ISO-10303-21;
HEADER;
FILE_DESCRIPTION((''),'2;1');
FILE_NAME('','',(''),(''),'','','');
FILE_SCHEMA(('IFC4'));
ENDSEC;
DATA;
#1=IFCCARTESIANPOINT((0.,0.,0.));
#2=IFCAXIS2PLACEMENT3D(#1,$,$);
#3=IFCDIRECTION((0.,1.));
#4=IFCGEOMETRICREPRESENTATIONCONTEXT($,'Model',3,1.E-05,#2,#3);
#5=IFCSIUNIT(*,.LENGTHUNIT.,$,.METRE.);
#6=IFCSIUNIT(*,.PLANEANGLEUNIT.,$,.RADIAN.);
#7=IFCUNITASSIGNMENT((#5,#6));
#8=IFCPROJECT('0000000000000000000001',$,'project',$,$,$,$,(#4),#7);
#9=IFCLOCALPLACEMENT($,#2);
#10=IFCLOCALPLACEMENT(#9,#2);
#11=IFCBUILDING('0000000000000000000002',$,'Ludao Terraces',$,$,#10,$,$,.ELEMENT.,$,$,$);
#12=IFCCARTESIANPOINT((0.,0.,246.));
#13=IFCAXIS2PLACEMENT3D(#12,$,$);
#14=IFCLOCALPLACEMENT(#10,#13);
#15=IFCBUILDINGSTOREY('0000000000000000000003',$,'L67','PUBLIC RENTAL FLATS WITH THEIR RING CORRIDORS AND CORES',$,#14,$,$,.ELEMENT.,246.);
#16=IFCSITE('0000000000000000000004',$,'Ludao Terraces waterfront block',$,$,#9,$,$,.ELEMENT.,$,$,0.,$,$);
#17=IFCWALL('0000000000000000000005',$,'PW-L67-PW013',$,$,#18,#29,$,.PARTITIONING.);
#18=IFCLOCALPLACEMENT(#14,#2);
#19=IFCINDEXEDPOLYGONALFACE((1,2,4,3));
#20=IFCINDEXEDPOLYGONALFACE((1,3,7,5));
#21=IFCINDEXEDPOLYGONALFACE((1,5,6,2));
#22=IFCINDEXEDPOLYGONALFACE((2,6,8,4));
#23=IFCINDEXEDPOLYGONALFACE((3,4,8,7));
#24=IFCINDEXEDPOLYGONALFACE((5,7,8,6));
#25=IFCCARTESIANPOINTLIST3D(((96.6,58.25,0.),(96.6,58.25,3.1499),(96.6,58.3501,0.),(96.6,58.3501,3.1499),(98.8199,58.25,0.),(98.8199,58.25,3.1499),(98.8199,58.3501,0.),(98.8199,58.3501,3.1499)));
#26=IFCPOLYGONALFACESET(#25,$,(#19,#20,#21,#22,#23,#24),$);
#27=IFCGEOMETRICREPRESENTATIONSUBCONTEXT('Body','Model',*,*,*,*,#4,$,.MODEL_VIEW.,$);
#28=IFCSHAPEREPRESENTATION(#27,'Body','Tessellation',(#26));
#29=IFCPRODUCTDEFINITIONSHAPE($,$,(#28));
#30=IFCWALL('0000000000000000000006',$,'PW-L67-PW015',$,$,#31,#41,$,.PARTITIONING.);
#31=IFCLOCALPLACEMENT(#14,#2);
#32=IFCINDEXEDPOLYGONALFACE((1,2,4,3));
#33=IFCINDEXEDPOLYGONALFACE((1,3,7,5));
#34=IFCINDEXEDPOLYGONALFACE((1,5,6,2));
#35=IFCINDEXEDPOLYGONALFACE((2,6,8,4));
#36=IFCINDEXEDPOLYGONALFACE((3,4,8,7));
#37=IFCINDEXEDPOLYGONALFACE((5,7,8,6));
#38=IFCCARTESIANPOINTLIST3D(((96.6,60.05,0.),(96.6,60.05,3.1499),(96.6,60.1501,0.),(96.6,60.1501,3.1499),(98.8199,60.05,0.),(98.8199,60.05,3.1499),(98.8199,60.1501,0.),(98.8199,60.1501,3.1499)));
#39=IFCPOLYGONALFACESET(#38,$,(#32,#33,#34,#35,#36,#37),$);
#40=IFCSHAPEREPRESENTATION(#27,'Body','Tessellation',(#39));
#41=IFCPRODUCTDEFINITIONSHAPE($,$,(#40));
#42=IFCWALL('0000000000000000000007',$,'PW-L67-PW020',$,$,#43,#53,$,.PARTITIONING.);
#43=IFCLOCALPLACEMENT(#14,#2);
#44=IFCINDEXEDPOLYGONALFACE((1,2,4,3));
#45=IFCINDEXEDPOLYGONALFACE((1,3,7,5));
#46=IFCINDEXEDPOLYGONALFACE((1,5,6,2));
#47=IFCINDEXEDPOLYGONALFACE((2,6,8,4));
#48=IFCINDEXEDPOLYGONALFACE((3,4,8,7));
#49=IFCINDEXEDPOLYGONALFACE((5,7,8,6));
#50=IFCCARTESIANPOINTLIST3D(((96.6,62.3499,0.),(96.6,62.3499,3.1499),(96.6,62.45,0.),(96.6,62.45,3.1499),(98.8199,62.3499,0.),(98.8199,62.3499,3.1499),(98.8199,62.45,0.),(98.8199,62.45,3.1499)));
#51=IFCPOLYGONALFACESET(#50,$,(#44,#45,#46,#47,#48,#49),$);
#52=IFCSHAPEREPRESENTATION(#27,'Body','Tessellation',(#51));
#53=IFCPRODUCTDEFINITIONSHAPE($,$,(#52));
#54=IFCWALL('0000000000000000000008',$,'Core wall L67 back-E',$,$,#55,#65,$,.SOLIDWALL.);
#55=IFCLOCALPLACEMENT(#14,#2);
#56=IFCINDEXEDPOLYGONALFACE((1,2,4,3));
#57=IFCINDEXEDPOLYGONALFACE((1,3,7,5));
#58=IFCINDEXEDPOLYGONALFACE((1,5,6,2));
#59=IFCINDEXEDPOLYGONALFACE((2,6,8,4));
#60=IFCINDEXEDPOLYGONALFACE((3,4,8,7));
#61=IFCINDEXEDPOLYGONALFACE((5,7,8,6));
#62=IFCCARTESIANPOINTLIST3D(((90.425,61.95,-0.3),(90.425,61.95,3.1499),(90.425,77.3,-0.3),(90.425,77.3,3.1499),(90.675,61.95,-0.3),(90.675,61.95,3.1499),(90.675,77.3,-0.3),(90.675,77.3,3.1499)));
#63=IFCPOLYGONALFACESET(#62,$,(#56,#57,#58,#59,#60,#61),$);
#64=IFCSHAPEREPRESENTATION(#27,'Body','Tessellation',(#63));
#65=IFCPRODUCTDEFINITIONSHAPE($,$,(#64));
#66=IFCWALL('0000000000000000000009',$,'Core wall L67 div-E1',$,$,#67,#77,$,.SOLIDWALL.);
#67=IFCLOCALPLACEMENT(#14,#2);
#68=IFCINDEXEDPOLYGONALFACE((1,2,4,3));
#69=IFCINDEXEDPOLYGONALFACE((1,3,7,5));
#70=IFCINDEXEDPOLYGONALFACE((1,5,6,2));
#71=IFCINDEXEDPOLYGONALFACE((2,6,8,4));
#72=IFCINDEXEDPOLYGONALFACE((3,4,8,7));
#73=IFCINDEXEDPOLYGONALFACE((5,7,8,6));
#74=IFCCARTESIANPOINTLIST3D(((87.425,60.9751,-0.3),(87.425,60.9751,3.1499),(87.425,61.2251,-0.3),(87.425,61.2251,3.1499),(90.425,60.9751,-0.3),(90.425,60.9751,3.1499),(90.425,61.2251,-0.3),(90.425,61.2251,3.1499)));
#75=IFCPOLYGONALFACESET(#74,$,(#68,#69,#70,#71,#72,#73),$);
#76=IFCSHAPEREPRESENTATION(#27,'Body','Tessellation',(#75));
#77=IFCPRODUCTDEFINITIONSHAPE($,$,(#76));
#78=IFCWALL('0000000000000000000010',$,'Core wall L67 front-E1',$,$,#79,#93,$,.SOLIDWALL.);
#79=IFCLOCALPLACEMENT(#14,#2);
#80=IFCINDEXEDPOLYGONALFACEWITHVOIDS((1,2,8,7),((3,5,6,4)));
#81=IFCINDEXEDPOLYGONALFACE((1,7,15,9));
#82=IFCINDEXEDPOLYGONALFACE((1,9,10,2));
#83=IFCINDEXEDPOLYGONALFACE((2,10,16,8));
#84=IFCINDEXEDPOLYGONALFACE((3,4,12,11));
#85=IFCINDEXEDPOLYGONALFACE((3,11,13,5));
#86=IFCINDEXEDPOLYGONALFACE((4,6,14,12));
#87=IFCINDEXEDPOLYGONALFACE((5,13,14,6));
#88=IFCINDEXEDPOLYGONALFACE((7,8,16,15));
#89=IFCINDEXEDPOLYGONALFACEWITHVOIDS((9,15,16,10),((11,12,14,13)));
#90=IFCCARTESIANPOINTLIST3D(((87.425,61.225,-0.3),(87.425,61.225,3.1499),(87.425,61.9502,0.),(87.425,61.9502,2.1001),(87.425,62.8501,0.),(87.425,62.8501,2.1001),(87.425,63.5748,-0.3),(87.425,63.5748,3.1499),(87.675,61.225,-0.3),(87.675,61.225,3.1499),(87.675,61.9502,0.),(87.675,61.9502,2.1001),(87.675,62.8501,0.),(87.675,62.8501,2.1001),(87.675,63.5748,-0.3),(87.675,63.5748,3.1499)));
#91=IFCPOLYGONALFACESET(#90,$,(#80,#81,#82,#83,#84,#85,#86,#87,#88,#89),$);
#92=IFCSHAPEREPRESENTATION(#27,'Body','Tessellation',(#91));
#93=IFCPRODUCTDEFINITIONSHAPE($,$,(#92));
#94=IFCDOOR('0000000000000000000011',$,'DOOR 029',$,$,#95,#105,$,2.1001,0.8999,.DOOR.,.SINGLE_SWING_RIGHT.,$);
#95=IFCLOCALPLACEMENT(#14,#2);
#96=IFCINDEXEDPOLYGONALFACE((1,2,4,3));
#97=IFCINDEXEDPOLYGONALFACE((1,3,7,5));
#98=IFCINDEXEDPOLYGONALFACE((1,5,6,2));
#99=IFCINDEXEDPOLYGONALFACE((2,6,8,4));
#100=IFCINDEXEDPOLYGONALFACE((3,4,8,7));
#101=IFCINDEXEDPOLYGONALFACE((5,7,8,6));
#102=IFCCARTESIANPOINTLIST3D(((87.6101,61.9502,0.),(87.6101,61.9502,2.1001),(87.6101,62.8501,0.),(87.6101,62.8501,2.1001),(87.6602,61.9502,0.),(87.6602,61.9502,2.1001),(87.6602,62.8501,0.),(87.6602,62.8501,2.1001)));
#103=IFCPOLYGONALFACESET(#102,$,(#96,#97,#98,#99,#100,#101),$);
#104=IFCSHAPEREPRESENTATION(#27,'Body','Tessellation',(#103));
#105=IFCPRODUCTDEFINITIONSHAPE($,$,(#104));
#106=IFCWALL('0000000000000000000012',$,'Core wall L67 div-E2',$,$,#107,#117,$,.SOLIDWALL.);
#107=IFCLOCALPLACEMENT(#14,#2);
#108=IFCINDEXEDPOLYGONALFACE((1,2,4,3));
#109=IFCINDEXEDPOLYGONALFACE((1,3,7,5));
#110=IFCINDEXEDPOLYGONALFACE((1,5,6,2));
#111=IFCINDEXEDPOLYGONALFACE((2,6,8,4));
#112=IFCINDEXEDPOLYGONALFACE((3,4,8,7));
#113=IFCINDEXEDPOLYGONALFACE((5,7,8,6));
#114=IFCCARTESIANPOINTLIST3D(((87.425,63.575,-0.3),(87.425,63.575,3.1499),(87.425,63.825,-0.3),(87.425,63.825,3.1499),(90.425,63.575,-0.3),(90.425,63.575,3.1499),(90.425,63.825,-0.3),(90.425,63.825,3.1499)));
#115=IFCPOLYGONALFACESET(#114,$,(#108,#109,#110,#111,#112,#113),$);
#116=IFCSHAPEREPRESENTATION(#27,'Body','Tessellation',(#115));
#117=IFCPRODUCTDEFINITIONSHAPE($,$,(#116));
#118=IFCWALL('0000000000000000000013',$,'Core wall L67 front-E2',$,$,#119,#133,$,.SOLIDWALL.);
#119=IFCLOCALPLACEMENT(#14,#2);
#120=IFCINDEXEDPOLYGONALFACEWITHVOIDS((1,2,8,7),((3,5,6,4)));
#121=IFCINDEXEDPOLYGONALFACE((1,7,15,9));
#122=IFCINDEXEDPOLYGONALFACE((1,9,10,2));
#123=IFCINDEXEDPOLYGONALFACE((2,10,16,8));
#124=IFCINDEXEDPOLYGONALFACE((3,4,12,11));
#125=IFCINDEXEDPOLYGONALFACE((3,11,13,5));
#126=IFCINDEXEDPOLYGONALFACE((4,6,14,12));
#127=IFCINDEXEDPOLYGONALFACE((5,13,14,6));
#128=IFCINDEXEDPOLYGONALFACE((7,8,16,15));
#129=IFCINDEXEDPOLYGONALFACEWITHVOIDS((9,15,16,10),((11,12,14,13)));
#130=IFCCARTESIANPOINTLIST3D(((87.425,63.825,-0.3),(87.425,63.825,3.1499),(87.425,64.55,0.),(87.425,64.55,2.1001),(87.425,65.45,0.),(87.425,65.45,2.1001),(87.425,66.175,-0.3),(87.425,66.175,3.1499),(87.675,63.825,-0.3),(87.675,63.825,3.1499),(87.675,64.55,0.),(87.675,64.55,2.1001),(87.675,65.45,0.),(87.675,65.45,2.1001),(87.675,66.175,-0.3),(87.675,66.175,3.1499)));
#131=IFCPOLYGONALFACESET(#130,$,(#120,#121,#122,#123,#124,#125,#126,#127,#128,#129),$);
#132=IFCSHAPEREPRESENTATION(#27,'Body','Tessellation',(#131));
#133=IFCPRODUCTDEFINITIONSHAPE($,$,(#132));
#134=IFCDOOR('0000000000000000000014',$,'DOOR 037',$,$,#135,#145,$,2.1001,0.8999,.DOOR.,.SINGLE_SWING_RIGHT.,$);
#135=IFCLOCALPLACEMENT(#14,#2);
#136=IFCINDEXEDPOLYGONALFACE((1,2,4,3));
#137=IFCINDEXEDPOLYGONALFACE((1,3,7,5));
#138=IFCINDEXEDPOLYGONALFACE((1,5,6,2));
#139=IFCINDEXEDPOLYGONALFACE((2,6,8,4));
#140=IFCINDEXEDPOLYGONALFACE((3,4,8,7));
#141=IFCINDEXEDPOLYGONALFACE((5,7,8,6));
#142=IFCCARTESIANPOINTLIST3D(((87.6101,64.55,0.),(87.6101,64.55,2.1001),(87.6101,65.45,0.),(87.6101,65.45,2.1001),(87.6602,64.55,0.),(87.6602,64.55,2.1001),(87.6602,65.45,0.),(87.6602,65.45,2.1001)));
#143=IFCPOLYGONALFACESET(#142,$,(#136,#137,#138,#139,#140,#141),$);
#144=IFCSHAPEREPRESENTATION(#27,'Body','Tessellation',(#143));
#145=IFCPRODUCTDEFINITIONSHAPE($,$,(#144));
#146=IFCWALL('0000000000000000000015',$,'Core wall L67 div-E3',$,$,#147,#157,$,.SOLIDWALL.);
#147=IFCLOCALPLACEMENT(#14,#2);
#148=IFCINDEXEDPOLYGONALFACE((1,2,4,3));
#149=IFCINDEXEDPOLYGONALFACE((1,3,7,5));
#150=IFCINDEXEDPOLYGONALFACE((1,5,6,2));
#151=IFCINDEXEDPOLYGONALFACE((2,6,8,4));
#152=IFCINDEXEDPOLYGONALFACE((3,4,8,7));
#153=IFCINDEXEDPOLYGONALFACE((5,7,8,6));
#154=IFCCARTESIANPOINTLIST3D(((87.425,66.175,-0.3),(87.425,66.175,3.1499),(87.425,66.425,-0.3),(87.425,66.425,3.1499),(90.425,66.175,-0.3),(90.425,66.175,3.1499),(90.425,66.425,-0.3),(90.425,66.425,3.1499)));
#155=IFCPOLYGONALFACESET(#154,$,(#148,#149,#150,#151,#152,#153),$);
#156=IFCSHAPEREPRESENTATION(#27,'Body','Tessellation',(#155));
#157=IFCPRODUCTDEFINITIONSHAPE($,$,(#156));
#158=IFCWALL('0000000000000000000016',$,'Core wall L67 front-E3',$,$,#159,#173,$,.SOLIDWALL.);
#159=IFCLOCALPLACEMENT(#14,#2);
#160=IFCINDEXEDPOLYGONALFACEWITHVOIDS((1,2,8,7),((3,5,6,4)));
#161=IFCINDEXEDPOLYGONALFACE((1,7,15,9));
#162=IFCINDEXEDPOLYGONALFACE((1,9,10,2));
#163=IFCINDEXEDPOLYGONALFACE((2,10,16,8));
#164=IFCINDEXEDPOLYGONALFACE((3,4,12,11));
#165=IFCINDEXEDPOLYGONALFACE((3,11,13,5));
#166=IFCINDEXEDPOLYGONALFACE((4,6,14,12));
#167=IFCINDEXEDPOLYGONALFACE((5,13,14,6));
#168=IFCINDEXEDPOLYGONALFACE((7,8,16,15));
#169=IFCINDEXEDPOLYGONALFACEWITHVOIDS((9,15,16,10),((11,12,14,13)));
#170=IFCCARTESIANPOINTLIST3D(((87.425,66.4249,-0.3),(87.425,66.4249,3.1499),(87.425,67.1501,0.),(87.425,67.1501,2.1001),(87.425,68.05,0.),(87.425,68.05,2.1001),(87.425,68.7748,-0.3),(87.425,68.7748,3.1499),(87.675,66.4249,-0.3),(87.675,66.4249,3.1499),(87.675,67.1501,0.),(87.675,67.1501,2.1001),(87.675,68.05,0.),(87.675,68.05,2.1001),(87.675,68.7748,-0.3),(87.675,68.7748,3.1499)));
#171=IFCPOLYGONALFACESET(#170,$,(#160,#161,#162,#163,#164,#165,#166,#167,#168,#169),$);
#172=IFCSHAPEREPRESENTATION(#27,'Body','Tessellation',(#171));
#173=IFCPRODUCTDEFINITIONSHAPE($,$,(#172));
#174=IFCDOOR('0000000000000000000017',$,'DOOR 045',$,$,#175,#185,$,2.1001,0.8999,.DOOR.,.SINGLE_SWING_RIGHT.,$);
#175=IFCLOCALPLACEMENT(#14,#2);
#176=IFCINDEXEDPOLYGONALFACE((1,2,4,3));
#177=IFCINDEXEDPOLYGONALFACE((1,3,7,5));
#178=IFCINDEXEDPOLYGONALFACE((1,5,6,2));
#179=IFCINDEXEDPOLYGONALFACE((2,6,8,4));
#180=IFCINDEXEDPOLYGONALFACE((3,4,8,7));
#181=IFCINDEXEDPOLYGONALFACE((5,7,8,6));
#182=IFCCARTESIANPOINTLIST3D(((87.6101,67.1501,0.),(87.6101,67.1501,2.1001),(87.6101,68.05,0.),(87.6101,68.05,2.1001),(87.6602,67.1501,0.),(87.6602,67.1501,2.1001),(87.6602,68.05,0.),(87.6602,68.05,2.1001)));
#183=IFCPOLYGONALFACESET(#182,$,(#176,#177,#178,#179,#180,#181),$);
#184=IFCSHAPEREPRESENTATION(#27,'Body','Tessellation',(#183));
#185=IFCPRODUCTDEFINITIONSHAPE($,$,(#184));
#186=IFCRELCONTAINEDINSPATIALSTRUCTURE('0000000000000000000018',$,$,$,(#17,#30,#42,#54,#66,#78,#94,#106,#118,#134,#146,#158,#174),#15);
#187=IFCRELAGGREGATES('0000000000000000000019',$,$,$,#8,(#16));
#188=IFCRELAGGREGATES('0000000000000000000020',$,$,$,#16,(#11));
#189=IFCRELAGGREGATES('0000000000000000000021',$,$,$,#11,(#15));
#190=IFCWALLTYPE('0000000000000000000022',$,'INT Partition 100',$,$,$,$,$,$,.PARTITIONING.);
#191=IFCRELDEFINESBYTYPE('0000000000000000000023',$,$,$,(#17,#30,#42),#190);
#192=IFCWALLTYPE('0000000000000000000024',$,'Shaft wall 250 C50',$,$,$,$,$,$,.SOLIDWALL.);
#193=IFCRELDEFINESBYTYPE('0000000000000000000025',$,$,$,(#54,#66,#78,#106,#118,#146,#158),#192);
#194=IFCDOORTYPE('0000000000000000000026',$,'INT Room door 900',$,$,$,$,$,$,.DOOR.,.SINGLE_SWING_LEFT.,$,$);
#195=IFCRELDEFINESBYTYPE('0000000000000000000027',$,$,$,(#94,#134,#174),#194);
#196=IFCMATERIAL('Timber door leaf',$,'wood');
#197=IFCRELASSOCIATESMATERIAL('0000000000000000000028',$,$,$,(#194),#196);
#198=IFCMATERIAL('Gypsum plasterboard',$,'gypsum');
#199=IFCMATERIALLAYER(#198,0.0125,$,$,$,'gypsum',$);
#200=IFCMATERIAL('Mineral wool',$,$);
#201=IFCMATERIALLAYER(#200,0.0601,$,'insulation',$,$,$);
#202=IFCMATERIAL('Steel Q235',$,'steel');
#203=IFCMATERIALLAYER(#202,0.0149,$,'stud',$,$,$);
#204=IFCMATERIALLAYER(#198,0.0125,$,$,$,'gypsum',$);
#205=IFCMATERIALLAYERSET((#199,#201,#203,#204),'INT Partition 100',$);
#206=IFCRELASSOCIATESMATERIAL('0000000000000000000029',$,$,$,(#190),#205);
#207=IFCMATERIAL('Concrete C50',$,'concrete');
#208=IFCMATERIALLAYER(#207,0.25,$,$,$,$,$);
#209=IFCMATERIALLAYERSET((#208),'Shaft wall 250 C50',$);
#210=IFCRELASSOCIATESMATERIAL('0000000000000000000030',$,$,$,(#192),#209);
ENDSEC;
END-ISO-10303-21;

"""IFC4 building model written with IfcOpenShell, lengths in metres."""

from ifc_helpers import new_model, si_unit, direction, frame, frame_2d, origin, place, context, subcontext, project, spatial, rectangle, extrude, material, layer, layer_set, type_object, element, fill, save


model = new_model("IFC4")

# Units and contexts
model_context = context("Model", 3, precision=1e-05, world=origin(), true_north=direction((0.0, 1.0)))
body_context = subcontext(model_context, "Body", "Model", "MODEL_VIEW")
ifc_project = project(units=[si_unit("LENGTHUNIT", "METRE"), si_unit("PLANEANGLEUNIT", "RADIAN")], contexts=[model_context])

# Site, building, storey
site_placement = place(None, origin())
site = spatial("IfcSite", under=ifc_project, at=site_placement, Name="Ludao Terraces waterfront block", CompositionType="ELEMENT", RefElevation=0.0)
building_placement = place(site_placement, origin())
building = spatial("IfcBuilding", under=site, at=building_placement, Name="Ludao Terraces", CompositionType="ELEMENT")
storey_placement = place(building_placement, frame((0.0, 0.0, 246.0)))
storey = spatial("IfcBuildingStorey", under=building, at=storey_placement, Name="L67", Description="PUBLIC RENTAL FLATS WITH THEIR RING CORRIDORS AND CORES", CompositionType="ELEMENT", Elevation=246.0)

# Shared definitions
ifc_material_1 = material(Name="Concrete C50", Category="concrete")
ifc_material_2 = material(Name="Steel Q235", Category="steel")
ifc_material_3 = material(Name="Timber door leaf", Category="wood")
door_type_1 = type_object("IfcDoorType", Name="INT Room door 900", OperationType="SINGLE_SWING_LEFT", PredefinedType="DOOR", material=ifc_material_3)

# Shared definitions
ifc_material_4 = material(Name="Mineral wool")

# Walls
ifc_material_5 = material(Name="Gypsum plasterboard", Category="gypsum")
ifc_layer_1 = layer(ifc_material_5, 0.0125, Category="gypsum")
ifc_layer_2 = layer(ifc_material_4, 0.0601, Name="insulation")
ifc_layer_3 = layer(ifc_material_2, 0.0149, Name="stud")
ifc_layer_4 = layer(ifc_material_5, 0.0125, Category="gypsum")
ifc_layer_set_1 = layer_set([ifc_layer_1, ifc_layer_2, ifc_layer_3, ifc_layer_4], Name="INT Partition 100")
wall_type_1 = type_object("IfcWallType", Name="INT Partition 100", PredefinedType="PARTITIONING", material=ifc_layer_set_1)
for number, where, z_axis, x_axis, name in (
    (1, (96.6001, 58.3, 0.0), (0.0, 0.0, 1.0), (1.0, 0.0, 0.0), "PW-L67-PW013"),
    (2, (96.6001, 60.1001, 0.0), (0.0, 0.0, 1.0), (1.0, 0.0, 0.0), "PW-L67-PW015"),
    (3, (96.6001, 62.3999, 0.0), (0.0, 0.0, 1.0), (1.0, 0.0, 0.0), "PW-L67-PW020"),
):
    element("IfcWall", number, at=place(storey_placement, frame(where, z_axis=z_axis, x_axis=x_axis)), inside=storey, type_object=wall_type_1, Name=name, PredefinedType="PARTITIONING", context=body_context, shape_type="SweptSolid", body=[
        extrude(rectangle(XDim=2.22, YDim=0.1001, at=frame_2d((1.1099, 0.0))), origin(), (0.0, 0.0, 1.0), 3.1499),
    ])
ifc_layer_5 = layer(ifc_material_1, 0.25)
ifc_layer_set_2 = layer_set([ifc_layer_5], Name="Shaft wall 250 C50")
wall_type_2 = type_object("IfcWallType", Name="Shaft wall 250 C50", PredefinedType="SOLIDWALL", material=ifc_layer_set_2)
wall_1_placement = place(storey_placement, frame((90.55, 61.95, -0.3), z_axis=(0.0, 0.0, 1.0), x_axis=(0.0, 1.0, 0.0)))
element("IfcWall", 4, at=wall_1_placement, inside=storey, type_object=wall_type_2, Name="Core wall L67 back-E", PredefinedType="SOLIDWALL", context=body_context, shape_type="SweptSolid", body=[
    extrude(rectangle(XDim=15.3501, YDim=0.25, at=frame_2d((7.675, 0.0))), origin(), (0.0, 0.0, 1.0), 3.45),
])
wall_2_placement = place(storey_placement, frame((87.425, 61.1001, -0.3), z_axis=(0.0, 0.0, 1.0), x_axis=(1.0, 0.0, 0.0)))
element("IfcWall", 5, at=wall_2_placement, inside=storey, type_object=wall_type_2, Name="Core wall L67 div-E1", PredefinedType="SOLIDWALL", context=body_context, shape_type="SweptSolid", body=[
    extrude(rectangle(XDim=3.0, YDim=0.25, at=frame_2d((1.5, 0.0))), origin(), (0.0, 0.0, 1.0), 3.45),
])

# Wall, opening, door
wall_3_placement = place(storey_placement, frame((87.55, 61.2251, -0.3), z_axis=(0.0, 0.0, 1.0), x_axis=(0.0, 1.0, 0.0)))
wall_3 = element("IfcWall", 6, at=wall_3_placement, inside=storey, type_object=wall_type_2, Name="Core wall L67 front-E1", PredefinedType="SOLIDWALL", context=body_context, shape_type="SweptSolid", body=[
    extrude(rectangle(XDim=2.3499, YDim=0.25, at=frame_2d((1.1748, 0.0))), origin(), (0.0, 0.0, 1.0), 3.45),
])
opening_1_placement = place(wall_3_placement, frame((0.7251, 0.0, 0.3)))
opening_1 = element("IfcOpeningElement", 7, at=opening_1_placement, cuts=wall_3, PredefinedType="OPENING", context=body_context, shape_type="SweptSolid", body=[
    extrude(rectangle(XDim=0.8999, YDim=2.1001, at=frame_2d((0.45, 1.05))), frame((0.0, 0.135, 0.0), z_axis=(0.0, -1.0, 0.0), x_axis=(1.0, 0.0, 0.0)), (0.0, 0.0, 1.0), 0.27),
])
door_1_placement = place(opening_1_placement, origin())
door_1 = element("IfcDoor", 8, at=door_1_placement, inside=storey, type_object=door_type_1, Name="DOOR 029", OperationType="SINGLE_SWING_RIGHT", OverallHeight=2.1001, OverallWidth=0.8999, PredefinedType="DOOR", context=body_context, shape_type="SweptSolid", body=[
    extrude(rectangle(XDim=0.8999, YDim=2.1001, at=frame_2d((0.45, 1.05))), frame((0.0, -0.0601, 0.0), z_axis=(0.0, -1.0, 0.0), x_axis=(1.0, 0.0, 0.0)), (0.0, 0.0, 1.0), 0.05),
])
fill(opening_1, door_1)

# Wall
wall_4_placement = place(storey_placement, frame((87.425, 63.7, -0.3), z_axis=(0.0, 0.0, 1.0), x_axis=(1.0, 0.0, 0.0)))
element("IfcWall", 9, at=wall_4_placement, inside=storey, type_object=wall_type_2, Name="Core wall L67 div-E2", PredefinedType="SOLIDWALL", context=body_context, shape_type="SweptSolid", body=[
    extrude(rectangle(XDim=3.0, YDim=0.25, at=frame_2d((1.5, 0.0))), origin(), (0.0, 0.0, 1.0), 3.45),
])

# Wall, opening, door
wall_5_placement = place(storey_placement, frame((87.55, 63.825, -0.3), z_axis=(0.0, 0.0, 1.0), x_axis=(0.0, 1.0, 0.0)))
wall_5 = element("IfcWall", 10, at=wall_5_placement, inside=storey, type_object=wall_type_2, Name="Core wall L67 front-E2", PredefinedType="SOLIDWALL", context=body_context, shape_type="SweptSolid", body=[
    extrude(rectangle(XDim=2.3501, YDim=0.25, at=frame_2d((1.175, 0.0))), origin(), (0.0, 0.0, 1.0), 3.45),
])
opening_2_placement = place(wall_5_placement, frame((0.7251, 0.0, 0.3)))
opening_2 = element("IfcOpeningElement", 11, at=opening_2_placement, cuts=wall_5, PredefinedType="OPENING", context=body_context, shape_type="SweptSolid", body=[
    extrude(rectangle(XDim=0.8999, YDim=2.1001, at=frame_2d((0.45, 1.05))), frame((0.0, 0.135, 0.0), z_axis=(0.0, -1.0, 0.0), x_axis=(1.0, 0.0, 0.0)), (0.0, 0.0, 1.0), 0.27),
])
door_2_placement = place(opening_2_placement, origin())
door_2 = element("IfcDoor", 12, at=door_2_placement, inside=storey, type_object=door_type_1, Name="DOOR 037", OperationType="SINGLE_SWING_RIGHT", OverallHeight=2.1001, OverallWidth=0.8999, PredefinedType="DOOR", context=body_context, shape_type="SweptSolid", body=[
    extrude(rectangle(XDim=0.8999, YDim=2.1001, at=frame_2d((0.45, 1.05))), frame((0.0, -0.0601, 0.0), z_axis=(0.0, -1.0, 0.0), x_axis=(1.0, 0.0, 0.0)), (0.0, 0.0, 1.0), 0.05),
])
fill(opening_2, door_2)

# Wall
wall_6_placement = place(storey_placement, frame((87.425, 66.3, -0.3), z_axis=(0.0, 0.0, 1.0), x_axis=(1.0, 0.0, 0.0)))
element("IfcWall", 13, at=wall_6_placement, inside=storey, type_object=wall_type_2, Name="Core wall L67 div-E3", PredefinedType="SOLIDWALL", context=body_context, shape_type="SweptSolid", body=[
    extrude(rectangle(XDim=3.0, YDim=0.25, at=frame_2d((1.5, 0.0))), origin(), (0.0, 0.0, 1.0), 3.45),
])

# Wall, opening, door
wall_7_placement = place(storey_placement, frame((87.55, 66.425, -0.3), z_axis=(0.0, 0.0, 1.0), x_axis=(0.0, 1.0, 0.0)))
wall_7 = element("IfcWall", 14, at=wall_7_placement, inside=storey, type_object=wall_type_2, Name="Core wall L67 front-E3", PredefinedType="SOLIDWALL", context=body_context, shape_type="SweptSolid", body=[
    extrude(rectangle(XDim=2.3499, YDim=0.25, at=frame_2d((1.1748, 0.0))), origin(), (0.0, 0.0, 1.0), 3.45),
])
opening_3_placement = place(wall_7_placement, frame((0.7251, 0.0, 0.3)))
opening_3 = element("IfcOpeningElement", 15, at=opening_3_placement, cuts=wall_7, PredefinedType="OPENING", context=body_context, shape_type="SweptSolid", body=[
    extrude(rectangle(XDim=0.8999, YDim=2.1001, at=frame_2d((0.45, 1.05))), frame((0.0, 0.135, 0.0), z_axis=(0.0, -1.0, 0.0), x_axis=(1.0, 0.0, 0.0)), (0.0, 0.0, 1.0), 0.27),
])
door_3_placement = place(opening_3_placement, origin())
door_3 = element("IfcDoor", 16, at=door_3_placement, inside=storey, type_object=door_type_1, Name="DOOR 045", OperationType="SINGLE_SWING_RIGHT", OverallHeight=2.1001, OverallWidth=0.8999, PredefinedType="DOOR", context=body_context, shape_type="SweptSolid", body=[
    extrude(rectangle(XDim=0.8999, YDim=2.1001, at=frame_2d((0.45, 1.05))), frame((0.0, -0.0601, 0.0), z_axis=(0.0, -1.0, 0.0), x_axis=(1.0, 0.0, 0.0)), (0.0, 0.0, 1.0), 0.05),
])
fill(opening_3, door_3)

save(model, "model.ifc")
